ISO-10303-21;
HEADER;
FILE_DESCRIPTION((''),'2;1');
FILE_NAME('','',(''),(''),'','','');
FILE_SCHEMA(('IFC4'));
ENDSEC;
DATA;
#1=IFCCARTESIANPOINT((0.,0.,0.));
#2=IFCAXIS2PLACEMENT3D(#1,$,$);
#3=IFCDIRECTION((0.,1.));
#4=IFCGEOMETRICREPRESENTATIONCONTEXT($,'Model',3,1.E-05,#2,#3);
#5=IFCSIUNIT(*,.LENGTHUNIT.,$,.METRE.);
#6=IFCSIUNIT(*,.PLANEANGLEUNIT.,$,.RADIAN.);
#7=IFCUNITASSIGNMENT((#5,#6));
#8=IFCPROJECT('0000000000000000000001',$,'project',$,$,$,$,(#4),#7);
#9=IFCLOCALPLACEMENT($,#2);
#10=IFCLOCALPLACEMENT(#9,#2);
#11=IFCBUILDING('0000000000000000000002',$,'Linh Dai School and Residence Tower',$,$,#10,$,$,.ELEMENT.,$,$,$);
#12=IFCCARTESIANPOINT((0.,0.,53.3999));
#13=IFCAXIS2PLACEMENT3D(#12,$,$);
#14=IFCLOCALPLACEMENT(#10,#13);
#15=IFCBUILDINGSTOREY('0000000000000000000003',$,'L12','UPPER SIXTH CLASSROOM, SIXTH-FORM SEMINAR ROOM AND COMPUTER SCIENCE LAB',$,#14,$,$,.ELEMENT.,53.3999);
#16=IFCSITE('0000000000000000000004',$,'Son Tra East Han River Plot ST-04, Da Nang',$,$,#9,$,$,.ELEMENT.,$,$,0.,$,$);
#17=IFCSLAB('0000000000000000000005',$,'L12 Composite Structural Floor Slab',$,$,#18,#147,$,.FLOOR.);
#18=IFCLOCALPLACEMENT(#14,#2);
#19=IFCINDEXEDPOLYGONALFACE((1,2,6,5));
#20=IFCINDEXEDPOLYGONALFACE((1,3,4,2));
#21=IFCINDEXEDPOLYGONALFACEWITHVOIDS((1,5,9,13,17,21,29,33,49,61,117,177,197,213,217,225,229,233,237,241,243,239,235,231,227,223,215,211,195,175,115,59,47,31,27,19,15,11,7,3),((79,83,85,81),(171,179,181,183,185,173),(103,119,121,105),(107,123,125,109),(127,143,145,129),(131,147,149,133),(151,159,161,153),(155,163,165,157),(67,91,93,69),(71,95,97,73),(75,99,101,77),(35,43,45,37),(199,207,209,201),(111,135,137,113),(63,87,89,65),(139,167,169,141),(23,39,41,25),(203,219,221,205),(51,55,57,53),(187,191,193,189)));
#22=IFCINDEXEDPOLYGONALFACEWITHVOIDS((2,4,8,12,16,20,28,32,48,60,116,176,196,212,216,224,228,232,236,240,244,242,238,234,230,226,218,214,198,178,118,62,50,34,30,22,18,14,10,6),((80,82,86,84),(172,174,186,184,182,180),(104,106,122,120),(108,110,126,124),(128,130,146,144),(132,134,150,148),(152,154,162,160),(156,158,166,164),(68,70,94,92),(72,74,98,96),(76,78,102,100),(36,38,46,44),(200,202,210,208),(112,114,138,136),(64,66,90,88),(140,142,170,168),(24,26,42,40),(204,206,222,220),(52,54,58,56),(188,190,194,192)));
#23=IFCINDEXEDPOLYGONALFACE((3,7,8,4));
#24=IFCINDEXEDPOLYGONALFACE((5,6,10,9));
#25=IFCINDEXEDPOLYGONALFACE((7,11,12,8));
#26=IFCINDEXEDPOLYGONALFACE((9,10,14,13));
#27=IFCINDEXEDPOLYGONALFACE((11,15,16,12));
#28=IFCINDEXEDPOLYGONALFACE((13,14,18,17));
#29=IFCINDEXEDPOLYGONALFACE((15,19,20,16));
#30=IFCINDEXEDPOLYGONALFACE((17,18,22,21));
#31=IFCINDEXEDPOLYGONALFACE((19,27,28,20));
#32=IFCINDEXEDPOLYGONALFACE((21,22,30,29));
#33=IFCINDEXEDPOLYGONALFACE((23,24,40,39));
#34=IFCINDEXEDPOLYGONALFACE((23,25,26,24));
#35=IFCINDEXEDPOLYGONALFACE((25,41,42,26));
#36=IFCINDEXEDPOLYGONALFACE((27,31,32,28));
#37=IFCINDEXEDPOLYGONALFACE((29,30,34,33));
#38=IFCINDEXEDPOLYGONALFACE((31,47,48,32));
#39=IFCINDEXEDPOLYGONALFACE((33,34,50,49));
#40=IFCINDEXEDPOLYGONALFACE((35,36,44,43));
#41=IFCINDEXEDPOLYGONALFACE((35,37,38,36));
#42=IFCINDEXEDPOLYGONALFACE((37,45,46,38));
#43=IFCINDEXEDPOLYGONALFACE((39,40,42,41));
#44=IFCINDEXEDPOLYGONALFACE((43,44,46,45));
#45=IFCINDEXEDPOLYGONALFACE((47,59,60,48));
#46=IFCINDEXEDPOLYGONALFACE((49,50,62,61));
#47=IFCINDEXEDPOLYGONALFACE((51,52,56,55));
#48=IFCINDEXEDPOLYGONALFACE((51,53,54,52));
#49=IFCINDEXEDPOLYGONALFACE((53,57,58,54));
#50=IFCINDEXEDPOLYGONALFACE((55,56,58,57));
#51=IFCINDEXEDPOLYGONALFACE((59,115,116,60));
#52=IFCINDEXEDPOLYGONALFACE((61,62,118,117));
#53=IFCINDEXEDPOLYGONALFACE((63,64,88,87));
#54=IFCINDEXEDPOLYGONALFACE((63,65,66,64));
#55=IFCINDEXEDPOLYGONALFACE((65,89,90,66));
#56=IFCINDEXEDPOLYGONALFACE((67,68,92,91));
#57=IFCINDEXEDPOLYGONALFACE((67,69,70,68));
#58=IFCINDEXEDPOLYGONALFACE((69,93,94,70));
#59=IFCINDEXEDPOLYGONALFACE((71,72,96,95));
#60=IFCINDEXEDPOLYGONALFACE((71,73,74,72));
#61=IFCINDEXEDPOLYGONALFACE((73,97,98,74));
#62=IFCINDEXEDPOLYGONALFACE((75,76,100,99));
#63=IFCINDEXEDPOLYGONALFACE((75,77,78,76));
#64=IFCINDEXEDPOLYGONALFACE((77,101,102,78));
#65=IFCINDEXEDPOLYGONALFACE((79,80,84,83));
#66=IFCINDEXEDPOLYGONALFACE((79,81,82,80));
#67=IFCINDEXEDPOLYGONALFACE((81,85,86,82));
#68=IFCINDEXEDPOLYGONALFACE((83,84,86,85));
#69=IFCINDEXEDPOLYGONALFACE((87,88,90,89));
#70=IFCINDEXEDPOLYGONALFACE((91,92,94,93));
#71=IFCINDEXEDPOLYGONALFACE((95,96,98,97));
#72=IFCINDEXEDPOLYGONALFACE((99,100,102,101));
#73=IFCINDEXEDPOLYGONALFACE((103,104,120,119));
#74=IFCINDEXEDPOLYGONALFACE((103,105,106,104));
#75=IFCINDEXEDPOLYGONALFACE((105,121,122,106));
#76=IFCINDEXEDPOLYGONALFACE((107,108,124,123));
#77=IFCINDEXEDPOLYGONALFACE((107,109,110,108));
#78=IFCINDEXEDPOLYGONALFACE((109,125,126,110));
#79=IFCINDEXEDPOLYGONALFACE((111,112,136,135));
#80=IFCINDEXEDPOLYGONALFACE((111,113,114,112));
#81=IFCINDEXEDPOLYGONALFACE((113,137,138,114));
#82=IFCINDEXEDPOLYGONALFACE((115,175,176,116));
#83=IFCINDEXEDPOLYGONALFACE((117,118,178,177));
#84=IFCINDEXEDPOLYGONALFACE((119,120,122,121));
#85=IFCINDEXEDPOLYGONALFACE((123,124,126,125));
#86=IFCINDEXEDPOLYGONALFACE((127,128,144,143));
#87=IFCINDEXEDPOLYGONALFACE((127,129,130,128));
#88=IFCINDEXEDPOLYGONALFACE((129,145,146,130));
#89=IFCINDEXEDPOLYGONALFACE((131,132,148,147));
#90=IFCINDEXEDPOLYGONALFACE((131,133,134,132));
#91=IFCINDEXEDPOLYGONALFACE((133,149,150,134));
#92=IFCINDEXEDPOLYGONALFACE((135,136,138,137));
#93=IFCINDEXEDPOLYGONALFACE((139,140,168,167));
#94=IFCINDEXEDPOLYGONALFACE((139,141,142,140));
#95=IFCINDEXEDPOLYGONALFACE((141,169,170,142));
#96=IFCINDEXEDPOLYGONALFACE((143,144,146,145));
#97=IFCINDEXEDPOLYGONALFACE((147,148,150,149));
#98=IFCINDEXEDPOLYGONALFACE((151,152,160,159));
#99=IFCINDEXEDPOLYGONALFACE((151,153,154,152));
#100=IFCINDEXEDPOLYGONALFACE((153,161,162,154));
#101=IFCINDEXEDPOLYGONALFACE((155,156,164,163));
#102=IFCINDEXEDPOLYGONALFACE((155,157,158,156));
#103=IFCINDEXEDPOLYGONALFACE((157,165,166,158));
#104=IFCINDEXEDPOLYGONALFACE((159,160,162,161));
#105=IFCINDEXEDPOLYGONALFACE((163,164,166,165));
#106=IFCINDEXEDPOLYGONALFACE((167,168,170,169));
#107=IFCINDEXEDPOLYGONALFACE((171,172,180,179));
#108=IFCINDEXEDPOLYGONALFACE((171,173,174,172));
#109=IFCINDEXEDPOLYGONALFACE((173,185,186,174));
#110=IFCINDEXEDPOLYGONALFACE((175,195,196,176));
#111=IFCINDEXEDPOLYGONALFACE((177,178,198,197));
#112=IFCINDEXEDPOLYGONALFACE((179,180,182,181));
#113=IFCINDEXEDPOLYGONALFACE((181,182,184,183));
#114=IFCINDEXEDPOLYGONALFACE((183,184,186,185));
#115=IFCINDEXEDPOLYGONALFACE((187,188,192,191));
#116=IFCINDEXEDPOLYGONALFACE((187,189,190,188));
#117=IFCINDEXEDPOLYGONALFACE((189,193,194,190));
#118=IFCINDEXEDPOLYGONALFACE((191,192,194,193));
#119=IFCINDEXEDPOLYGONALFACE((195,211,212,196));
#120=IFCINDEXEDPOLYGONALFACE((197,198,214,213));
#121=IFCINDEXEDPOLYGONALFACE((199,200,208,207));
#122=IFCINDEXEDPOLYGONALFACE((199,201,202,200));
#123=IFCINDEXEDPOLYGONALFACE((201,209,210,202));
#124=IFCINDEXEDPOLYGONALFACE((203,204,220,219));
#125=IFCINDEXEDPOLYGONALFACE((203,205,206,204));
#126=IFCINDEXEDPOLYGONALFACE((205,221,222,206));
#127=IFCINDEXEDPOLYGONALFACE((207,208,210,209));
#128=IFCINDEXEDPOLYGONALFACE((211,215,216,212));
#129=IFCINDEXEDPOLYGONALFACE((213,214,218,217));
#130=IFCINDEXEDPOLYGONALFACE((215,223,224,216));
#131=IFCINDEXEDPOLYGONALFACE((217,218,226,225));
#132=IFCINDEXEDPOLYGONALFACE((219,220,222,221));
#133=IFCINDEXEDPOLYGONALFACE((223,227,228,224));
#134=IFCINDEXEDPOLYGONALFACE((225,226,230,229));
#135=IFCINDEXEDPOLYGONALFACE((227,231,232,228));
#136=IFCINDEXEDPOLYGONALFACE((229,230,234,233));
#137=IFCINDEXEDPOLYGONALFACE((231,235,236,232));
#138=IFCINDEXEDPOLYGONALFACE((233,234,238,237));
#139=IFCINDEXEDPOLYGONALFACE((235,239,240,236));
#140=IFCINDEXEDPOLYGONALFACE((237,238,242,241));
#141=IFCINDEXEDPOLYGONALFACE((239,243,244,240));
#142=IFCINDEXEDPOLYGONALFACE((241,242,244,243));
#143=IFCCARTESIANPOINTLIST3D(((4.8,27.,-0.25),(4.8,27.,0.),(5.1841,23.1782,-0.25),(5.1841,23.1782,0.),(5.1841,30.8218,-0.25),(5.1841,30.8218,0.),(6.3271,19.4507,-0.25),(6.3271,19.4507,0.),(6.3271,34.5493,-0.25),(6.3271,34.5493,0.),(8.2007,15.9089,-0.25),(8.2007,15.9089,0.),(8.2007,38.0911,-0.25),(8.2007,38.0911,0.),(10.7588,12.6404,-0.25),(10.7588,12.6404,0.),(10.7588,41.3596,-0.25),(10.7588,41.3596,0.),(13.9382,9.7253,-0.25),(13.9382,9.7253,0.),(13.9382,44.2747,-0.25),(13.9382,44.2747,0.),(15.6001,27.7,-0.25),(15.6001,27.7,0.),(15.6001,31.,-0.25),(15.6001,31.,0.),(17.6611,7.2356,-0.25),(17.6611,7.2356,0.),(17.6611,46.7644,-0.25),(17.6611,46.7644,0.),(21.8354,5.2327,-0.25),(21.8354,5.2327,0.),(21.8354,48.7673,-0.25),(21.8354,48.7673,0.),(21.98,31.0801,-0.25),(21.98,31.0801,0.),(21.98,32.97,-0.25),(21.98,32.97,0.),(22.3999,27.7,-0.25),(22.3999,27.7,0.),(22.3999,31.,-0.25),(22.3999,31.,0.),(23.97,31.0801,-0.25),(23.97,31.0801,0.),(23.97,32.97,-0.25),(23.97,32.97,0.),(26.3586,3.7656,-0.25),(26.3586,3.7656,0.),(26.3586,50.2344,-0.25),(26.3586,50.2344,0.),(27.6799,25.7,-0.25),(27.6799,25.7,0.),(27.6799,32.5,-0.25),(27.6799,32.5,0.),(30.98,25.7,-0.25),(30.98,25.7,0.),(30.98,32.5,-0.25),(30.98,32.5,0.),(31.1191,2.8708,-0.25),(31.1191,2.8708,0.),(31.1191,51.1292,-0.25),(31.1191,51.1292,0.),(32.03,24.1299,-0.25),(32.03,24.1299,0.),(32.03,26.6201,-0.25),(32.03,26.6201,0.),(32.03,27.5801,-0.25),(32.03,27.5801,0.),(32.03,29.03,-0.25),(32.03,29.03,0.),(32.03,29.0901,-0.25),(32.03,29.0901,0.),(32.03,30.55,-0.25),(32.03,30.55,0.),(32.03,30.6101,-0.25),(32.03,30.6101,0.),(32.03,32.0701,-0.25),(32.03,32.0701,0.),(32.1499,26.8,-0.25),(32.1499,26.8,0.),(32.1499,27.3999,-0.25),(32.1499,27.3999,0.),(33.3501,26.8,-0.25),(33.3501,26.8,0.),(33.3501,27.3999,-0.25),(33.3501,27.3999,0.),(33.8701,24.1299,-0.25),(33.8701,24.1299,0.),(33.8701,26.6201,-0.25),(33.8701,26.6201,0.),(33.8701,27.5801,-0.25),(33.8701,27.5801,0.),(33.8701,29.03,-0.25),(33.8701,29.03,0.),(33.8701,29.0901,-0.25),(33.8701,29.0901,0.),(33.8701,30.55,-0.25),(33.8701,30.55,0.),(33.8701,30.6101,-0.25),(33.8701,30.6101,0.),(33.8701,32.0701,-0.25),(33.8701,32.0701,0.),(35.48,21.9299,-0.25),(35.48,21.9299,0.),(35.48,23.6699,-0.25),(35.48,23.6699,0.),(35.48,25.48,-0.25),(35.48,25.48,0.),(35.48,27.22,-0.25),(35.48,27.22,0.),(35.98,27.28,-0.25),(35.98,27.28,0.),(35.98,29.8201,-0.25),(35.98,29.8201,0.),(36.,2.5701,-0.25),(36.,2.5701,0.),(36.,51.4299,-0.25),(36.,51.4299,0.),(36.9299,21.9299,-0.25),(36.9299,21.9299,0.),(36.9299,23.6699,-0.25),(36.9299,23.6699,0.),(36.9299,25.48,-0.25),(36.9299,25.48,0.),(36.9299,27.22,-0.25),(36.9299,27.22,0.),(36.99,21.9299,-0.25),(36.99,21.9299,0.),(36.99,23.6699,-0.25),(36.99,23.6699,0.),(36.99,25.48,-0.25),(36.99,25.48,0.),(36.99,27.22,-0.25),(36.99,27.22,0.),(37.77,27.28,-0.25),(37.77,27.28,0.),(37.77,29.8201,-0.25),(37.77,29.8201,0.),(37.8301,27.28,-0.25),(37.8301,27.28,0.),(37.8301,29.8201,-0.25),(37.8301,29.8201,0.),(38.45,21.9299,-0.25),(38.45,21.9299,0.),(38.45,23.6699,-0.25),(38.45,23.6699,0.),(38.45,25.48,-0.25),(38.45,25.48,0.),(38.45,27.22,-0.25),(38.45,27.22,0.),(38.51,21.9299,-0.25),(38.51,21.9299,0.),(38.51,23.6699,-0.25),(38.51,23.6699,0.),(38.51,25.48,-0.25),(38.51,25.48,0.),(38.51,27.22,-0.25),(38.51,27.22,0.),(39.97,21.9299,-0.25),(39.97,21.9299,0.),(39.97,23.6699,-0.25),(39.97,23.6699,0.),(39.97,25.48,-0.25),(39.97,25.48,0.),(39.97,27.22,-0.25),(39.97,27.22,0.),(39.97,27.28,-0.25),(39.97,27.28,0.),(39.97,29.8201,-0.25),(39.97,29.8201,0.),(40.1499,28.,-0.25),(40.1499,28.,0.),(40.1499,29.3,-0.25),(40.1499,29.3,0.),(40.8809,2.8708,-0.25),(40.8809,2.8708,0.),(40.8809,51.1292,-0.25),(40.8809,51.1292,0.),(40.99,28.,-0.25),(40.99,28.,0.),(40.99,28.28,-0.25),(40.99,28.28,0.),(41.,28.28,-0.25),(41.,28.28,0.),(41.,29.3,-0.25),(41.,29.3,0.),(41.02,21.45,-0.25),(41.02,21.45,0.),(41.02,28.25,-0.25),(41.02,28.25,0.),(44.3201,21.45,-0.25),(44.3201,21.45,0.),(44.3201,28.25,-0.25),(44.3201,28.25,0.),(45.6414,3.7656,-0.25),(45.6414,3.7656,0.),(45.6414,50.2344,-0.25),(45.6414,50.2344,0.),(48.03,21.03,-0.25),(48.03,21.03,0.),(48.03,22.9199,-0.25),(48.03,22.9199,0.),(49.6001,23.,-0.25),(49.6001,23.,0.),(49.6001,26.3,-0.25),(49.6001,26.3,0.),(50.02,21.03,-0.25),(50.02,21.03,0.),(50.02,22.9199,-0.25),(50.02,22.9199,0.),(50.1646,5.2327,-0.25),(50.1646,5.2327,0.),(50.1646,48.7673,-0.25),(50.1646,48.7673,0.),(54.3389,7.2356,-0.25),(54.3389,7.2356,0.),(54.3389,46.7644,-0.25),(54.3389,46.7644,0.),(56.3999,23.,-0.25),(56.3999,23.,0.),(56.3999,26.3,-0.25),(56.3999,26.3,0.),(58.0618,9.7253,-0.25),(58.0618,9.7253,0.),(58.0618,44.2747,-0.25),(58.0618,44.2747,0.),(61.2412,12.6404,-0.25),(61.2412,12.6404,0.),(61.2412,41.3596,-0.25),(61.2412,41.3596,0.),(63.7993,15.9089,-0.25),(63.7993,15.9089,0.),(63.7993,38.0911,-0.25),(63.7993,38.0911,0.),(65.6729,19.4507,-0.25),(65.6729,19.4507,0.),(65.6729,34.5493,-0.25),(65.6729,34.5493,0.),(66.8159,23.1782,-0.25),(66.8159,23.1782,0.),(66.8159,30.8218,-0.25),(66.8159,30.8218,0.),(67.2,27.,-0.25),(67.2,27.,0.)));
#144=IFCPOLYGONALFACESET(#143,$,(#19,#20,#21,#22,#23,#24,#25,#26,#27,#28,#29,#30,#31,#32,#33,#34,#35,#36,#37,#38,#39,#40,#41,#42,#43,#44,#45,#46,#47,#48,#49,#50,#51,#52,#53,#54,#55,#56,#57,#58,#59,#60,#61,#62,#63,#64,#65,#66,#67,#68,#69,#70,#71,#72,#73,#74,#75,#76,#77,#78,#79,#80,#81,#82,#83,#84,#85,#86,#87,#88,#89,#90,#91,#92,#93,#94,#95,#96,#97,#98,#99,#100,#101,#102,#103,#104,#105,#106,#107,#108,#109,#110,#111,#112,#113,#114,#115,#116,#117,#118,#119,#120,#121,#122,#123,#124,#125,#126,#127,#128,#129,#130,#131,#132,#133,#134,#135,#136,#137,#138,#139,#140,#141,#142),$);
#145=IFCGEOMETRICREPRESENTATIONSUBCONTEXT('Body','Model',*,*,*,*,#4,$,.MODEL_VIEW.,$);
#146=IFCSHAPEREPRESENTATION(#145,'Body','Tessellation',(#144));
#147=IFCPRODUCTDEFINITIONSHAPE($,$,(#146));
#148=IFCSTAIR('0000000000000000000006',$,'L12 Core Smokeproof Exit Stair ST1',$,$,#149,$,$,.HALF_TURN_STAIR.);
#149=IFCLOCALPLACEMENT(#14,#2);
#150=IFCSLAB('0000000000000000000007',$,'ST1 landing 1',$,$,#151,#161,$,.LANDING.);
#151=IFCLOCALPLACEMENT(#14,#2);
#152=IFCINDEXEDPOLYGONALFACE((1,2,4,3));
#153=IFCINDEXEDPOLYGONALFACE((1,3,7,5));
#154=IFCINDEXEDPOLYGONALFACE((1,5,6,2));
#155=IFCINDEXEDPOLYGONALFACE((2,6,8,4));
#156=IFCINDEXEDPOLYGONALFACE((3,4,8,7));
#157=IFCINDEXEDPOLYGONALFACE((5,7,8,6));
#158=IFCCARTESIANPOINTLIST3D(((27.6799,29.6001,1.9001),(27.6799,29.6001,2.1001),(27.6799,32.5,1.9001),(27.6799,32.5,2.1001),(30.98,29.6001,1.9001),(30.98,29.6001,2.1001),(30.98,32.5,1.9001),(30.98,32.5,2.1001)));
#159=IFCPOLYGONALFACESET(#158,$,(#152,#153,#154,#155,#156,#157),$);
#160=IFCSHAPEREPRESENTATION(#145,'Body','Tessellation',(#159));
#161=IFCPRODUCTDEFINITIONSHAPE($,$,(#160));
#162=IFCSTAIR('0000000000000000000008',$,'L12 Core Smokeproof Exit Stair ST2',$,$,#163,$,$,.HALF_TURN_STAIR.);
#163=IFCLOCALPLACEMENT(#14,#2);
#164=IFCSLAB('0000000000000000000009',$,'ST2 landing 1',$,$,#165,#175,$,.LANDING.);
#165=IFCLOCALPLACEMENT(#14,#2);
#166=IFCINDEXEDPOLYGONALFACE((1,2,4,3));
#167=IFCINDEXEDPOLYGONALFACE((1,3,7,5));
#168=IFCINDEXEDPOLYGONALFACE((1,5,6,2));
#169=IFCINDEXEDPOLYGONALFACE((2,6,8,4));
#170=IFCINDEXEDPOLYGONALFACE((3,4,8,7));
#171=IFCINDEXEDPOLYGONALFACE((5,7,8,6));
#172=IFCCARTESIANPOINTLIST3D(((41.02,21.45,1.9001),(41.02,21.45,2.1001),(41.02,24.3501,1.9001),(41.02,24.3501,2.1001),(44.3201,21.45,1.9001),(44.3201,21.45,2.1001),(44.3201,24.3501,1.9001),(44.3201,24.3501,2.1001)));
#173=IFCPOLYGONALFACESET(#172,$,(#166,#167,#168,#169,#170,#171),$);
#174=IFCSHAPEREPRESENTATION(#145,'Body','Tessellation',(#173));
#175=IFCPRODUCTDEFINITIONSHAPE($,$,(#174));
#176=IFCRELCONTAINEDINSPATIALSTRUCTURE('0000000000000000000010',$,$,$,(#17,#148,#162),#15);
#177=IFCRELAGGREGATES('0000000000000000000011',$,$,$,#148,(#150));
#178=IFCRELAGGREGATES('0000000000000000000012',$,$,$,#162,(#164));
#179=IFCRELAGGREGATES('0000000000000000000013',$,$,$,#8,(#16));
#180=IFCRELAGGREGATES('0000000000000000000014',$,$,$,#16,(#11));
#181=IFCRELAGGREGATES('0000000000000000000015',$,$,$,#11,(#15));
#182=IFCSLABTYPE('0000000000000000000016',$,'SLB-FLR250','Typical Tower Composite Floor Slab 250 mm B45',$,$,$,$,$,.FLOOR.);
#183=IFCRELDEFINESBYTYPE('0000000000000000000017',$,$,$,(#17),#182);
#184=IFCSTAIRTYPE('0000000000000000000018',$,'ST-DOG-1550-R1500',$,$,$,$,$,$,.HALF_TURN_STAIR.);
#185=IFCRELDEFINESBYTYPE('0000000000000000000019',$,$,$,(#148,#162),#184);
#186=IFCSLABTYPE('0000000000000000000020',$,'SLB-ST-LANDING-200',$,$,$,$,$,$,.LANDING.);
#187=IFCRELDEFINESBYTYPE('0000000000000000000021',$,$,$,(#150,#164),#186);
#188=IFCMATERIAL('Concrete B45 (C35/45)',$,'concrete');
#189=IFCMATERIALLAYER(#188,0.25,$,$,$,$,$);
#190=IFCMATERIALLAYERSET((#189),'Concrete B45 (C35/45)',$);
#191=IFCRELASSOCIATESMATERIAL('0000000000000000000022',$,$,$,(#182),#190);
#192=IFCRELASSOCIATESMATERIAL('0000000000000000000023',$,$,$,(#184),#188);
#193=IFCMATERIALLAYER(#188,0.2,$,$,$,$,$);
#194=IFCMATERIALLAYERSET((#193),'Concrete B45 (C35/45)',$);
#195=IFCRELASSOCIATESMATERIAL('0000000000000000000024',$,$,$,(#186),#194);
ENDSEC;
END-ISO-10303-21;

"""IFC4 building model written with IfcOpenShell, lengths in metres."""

from ifc_helpers import new_model, si_unit, direction, frame, origin, place, context, subcontext, project, spatial, polyline, outline, extrude, material, layer, layer_set, type_object, element, aggregate, save


model = new_model("IFC4")

# Units and contexts
model_context = context("Model", 3, precision=1e-05, world=origin(), true_north=direction((0.0, 1.0)))
body_context = subcontext(model_context, "Body", "Model", "MODEL_VIEW")
ifc_project = project(units=[si_unit("LENGTHUNIT", "METRE"), si_unit("PLANEANGLEUNIT", "RADIAN")], contexts=[model_context])

# Site, building, storey
site_placement = place(None, origin())
site = spatial("IfcSite", under=ifc_project, at=site_placement, Name="Son Tra East Han River Plot ST-04, Da Nang", CompositionType="ELEMENT", RefElevation=0.0)
building_placement = place(site_placement, origin())
building = spatial("IfcBuilding", under=site, at=building_placement, Name="Linh Dai School and Residence Tower", CompositionType="ELEMENT")
storey_placement = place(building_placement, frame((0.0, 0.0, 53.3999)))
storey = spatial("IfcBuildingStorey", under=building, at=storey_placement, Name="L12", Description="UPPER SIXTH CLASSROOM, SIXTH-FORM SEMINAR ROOM AND COMPUTER SCIENCE LAB", CompositionType="ELEMENT", Elevation=53.3999)

# Slab
ifc_material_1 = material(Name="Concrete B45 (C35/45)", Category="concrete")
ifc_layer_1 = layer(ifc_material_1, 0.25)
ifc_layer_set_1 = layer_set([ifc_layer_1], Name="Concrete B45 (C35/45)")
slab_type_1 = type_object("IfcSlabType", Name="SLB-FLR250", Description="Typical Tower Composite Floor Slab 250 mm B45", PredefinedType="FLOOR", material=ifc_layer_set_1)
slab_1_placement = place(storey_placement, frame((0.0, 0.0, -0.25)))
element("IfcSlab", 1, at=slab_1_placement, inside=storey, type_object=slab_type_1, Name="L12 Composite Structural Floor Slab", PredefinedType="FLOOR", context=body_context, shape_type="SweptSolid", body=[
    extrude(outline(polyline([(67.2, 27.0), (66.8159, 30.8218), (65.6729, 34.5493), (63.7993, 38.0911), (61.2412, 41.3596), (58.0618, 44.2747), (54.3389, 46.7644), (50.1646, 48.7673), (45.6414, 50.2344), (40.8809, 51.1292), (36.0, 51.4299), (31.1191, 51.1292), (26.3586, 50.2344), (21.8354, 48.7673), (17.6611, 46.7644), (13.9382, 44.2747), (10.7588, 41.3596), (8.2007, 38.0911), (6.3271, 34.5493), (5.1841, 30.8218), (4.8, 27.0), (5.1841, 23.1782), (6.3271, 19.4507), (8.2007, 15.9089), (10.7588, 12.6404), (13.9382, 9.7253), (17.6611, 7.2356), (21.8354, 5.2327), (26.3586, 3.7656), (31.1191, 2.8708), (36.0, 2.5701), (40.8809, 2.8708), (45.6414, 3.7656), (50.1646, 5.2327), (54.3389, 7.2356), (58.0618, 9.7253), (61.2412, 12.6404), (63.7993, 15.9089), (65.6729, 19.4507), (66.8159, 23.1782), (67.2, 27.0)]), holes=[polyline([(30.98, 25.7), (30.98, 32.5), (27.6799, 32.5), (27.6799, 25.7), (30.98, 25.7)]), polyline([(41.02, 28.25), (41.02, 21.45), (44.3201, 21.45), (44.3201, 28.25), (41.02, 28.25)]), polyline([(22.3999, 31.0), (15.6001, 31.0), (15.6001, 27.7), (22.3999, 27.7), (22.3999, 31.0)]), polyline([(49.6001, 23.0), (56.3999, 23.0), (56.3999, 26.3), (49.6001, 26.3), (49.6001, 23.0)]), polyline([(35.98, 27.28), (37.77, 27.28), (37.77, 29.8201), (35.98, 29.8201), (35.98, 27.28)]), polyline([(32.03, 24.1299), (33.8701, 24.1299), (33.8701, 26.6201), (32.03, 26.6201), (32.03, 24.1299)]), polyline([(37.8301, 27.28), (39.97, 27.28), (39.97, 29.8201), (37.8301, 29.8201), (37.8301, 27.28)]), polyline([(35.48, 21.9299), (36.9299, 21.9299), (36.9299, 23.6699), (35.48, 23.6699), (35.48, 21.9299)]), polyline([(36.99, 21.9299), (38.45, 21.9299), (38.45, 23.6699), (36.99, 23.6699), (36.99, 21.9299)]), polyline([(38.51, 21.9299), (39.97, 21.9299), (39.97, 23.6699), (38.51, 23.6699), (38.51, 21.9299)]), polyline([(32.03, 27.5801), (33.8701, 27.5801), (33.8701, 29.03), (32.03, 29.03), (32.03, 27.5801)]), polyline([(32.03, 29.0901), (33.8701, 29.0901), (33.8701, 30.55), (32.03, 30.55), (32.03, 29.0901)]), polyline([(32.03, 30.6101), (33.8701, 30.6101), (33.8701, 32.0701), (32.03, 32.0701), (32.03, 30.6101)]), polyline([(35.48, 25.48), (36.9299, 25.48), (36.9299, 27.22), (35.48, 27.22), (35.48, 25.48)]), polyline([(36.99, 25.48), (38.45, 25.48), (38.45, 27.22), (36.99, 27.22), (36.99, 25.48)]), polyline([(38.51, 25.48), (39.97, 25.48), (39.97, 27.22), (38.51, 27.22), (38.51, 25.48)]), polyline([(21.98, 31.0801), (23.97, 31.0801), (23.97, 32.97), (21.98, 32.97), (21.98, 31.0801)]), polyline([(48.03, 21.03), (50.02, 21.03), (50.02, 22.9199), (48.03, 22.9199), (48.03, 21.03)]), polyline([(40.1499, 28.0), (40.1499, 29.3), (41.0, 29.3), (41.0, 28.28), (40.99, 28.28), (40.99, 28.0), (40.1499, 28.0)]), polyline([(32.1499, 26.8), (33.3501, 26.8), (33.3501, 27.3999), (32.1499, 27.3999), (32.1499, 26.8)])]), origin(), (0.0, 0.0, 1.0), 0.25),
])

# Stairs, slabs
stair_type = type_object("IfcStairType", Name="ST-DOG-1550-R1500", PredefinedType="HALF_TURN_STAIR", material=ifc_material_1)
stair_1_placement = place(storey_placement, origin())
stair_1 = element("IfcStair", 2, at=stair_1_placement, inside=storey, type_object=stair_type, Name="L12 Core Smokeproof Exit Stair ST1", PredefinedType="HALF_TURN_STAIR")
ifc_layer_2 = layer(ifc_material_1, 0.2)
ifc_layer_set_2 = layer_set([ifc_layer_2], Name="Concrete B45 (C35/45)")
slab_type_2 = type_object("IfcSlabType", Name="SLB-ST-LANDING-200", PredefinedType="LANDING", material=ifc_layer_set_2)
slab_2_placement = place(storey_placement, frame((0.0, 0.0, 1.9001)))
slab_2 = element("IfcSlab", 3, at=slab_2_placement, type_object=slab_type_2, Name="ST1 landing 1", PredefinedType="LANDING", context=body_context, shape_type="SweptSolid", body=[
    extrude(outline(polyline([(30.98, 29.6001), (30.98, 32.5), (27.6799, 32.5), (27.6799, 29.6001), (30.98, 29.6001)])), origin(), (0.0, 0.0, 1.0), 0.2),
])
aggregate(stair_1, [slab_2])
stair_2_placement = place(storey_placement, origin())
stair_2 = element("IfcStair", 4, at=stair_2_placement, inside=storey, type_object=stair_type, Name="L12 Core Smokeproof Exit Stair ST2", PredefinedType="HALF_TURN_STAIR")
slab_3_placement = place(storey_placement, frame((0.0, 0.0, 1.9001)))
slab_3 = element("IfcSlab", 5, at=slab_3_placement, type_object=slab_type_2, Name="ST2 landing 1", PredefinedType="LANDING", context=body_context, shape_type="SweptSolid", body=[
    extrude(outline(polyline([(41.02, 24.3501), (41.02, 21.45), (44.3201, 21.45), (44.3201, 24.3501), (41.02, 24.3501)])), origin(), (0.0, 0.0, 1.0), 0.2),
])
aggregate(stair_2, [slab_3])

save(model, "model.ifc")
